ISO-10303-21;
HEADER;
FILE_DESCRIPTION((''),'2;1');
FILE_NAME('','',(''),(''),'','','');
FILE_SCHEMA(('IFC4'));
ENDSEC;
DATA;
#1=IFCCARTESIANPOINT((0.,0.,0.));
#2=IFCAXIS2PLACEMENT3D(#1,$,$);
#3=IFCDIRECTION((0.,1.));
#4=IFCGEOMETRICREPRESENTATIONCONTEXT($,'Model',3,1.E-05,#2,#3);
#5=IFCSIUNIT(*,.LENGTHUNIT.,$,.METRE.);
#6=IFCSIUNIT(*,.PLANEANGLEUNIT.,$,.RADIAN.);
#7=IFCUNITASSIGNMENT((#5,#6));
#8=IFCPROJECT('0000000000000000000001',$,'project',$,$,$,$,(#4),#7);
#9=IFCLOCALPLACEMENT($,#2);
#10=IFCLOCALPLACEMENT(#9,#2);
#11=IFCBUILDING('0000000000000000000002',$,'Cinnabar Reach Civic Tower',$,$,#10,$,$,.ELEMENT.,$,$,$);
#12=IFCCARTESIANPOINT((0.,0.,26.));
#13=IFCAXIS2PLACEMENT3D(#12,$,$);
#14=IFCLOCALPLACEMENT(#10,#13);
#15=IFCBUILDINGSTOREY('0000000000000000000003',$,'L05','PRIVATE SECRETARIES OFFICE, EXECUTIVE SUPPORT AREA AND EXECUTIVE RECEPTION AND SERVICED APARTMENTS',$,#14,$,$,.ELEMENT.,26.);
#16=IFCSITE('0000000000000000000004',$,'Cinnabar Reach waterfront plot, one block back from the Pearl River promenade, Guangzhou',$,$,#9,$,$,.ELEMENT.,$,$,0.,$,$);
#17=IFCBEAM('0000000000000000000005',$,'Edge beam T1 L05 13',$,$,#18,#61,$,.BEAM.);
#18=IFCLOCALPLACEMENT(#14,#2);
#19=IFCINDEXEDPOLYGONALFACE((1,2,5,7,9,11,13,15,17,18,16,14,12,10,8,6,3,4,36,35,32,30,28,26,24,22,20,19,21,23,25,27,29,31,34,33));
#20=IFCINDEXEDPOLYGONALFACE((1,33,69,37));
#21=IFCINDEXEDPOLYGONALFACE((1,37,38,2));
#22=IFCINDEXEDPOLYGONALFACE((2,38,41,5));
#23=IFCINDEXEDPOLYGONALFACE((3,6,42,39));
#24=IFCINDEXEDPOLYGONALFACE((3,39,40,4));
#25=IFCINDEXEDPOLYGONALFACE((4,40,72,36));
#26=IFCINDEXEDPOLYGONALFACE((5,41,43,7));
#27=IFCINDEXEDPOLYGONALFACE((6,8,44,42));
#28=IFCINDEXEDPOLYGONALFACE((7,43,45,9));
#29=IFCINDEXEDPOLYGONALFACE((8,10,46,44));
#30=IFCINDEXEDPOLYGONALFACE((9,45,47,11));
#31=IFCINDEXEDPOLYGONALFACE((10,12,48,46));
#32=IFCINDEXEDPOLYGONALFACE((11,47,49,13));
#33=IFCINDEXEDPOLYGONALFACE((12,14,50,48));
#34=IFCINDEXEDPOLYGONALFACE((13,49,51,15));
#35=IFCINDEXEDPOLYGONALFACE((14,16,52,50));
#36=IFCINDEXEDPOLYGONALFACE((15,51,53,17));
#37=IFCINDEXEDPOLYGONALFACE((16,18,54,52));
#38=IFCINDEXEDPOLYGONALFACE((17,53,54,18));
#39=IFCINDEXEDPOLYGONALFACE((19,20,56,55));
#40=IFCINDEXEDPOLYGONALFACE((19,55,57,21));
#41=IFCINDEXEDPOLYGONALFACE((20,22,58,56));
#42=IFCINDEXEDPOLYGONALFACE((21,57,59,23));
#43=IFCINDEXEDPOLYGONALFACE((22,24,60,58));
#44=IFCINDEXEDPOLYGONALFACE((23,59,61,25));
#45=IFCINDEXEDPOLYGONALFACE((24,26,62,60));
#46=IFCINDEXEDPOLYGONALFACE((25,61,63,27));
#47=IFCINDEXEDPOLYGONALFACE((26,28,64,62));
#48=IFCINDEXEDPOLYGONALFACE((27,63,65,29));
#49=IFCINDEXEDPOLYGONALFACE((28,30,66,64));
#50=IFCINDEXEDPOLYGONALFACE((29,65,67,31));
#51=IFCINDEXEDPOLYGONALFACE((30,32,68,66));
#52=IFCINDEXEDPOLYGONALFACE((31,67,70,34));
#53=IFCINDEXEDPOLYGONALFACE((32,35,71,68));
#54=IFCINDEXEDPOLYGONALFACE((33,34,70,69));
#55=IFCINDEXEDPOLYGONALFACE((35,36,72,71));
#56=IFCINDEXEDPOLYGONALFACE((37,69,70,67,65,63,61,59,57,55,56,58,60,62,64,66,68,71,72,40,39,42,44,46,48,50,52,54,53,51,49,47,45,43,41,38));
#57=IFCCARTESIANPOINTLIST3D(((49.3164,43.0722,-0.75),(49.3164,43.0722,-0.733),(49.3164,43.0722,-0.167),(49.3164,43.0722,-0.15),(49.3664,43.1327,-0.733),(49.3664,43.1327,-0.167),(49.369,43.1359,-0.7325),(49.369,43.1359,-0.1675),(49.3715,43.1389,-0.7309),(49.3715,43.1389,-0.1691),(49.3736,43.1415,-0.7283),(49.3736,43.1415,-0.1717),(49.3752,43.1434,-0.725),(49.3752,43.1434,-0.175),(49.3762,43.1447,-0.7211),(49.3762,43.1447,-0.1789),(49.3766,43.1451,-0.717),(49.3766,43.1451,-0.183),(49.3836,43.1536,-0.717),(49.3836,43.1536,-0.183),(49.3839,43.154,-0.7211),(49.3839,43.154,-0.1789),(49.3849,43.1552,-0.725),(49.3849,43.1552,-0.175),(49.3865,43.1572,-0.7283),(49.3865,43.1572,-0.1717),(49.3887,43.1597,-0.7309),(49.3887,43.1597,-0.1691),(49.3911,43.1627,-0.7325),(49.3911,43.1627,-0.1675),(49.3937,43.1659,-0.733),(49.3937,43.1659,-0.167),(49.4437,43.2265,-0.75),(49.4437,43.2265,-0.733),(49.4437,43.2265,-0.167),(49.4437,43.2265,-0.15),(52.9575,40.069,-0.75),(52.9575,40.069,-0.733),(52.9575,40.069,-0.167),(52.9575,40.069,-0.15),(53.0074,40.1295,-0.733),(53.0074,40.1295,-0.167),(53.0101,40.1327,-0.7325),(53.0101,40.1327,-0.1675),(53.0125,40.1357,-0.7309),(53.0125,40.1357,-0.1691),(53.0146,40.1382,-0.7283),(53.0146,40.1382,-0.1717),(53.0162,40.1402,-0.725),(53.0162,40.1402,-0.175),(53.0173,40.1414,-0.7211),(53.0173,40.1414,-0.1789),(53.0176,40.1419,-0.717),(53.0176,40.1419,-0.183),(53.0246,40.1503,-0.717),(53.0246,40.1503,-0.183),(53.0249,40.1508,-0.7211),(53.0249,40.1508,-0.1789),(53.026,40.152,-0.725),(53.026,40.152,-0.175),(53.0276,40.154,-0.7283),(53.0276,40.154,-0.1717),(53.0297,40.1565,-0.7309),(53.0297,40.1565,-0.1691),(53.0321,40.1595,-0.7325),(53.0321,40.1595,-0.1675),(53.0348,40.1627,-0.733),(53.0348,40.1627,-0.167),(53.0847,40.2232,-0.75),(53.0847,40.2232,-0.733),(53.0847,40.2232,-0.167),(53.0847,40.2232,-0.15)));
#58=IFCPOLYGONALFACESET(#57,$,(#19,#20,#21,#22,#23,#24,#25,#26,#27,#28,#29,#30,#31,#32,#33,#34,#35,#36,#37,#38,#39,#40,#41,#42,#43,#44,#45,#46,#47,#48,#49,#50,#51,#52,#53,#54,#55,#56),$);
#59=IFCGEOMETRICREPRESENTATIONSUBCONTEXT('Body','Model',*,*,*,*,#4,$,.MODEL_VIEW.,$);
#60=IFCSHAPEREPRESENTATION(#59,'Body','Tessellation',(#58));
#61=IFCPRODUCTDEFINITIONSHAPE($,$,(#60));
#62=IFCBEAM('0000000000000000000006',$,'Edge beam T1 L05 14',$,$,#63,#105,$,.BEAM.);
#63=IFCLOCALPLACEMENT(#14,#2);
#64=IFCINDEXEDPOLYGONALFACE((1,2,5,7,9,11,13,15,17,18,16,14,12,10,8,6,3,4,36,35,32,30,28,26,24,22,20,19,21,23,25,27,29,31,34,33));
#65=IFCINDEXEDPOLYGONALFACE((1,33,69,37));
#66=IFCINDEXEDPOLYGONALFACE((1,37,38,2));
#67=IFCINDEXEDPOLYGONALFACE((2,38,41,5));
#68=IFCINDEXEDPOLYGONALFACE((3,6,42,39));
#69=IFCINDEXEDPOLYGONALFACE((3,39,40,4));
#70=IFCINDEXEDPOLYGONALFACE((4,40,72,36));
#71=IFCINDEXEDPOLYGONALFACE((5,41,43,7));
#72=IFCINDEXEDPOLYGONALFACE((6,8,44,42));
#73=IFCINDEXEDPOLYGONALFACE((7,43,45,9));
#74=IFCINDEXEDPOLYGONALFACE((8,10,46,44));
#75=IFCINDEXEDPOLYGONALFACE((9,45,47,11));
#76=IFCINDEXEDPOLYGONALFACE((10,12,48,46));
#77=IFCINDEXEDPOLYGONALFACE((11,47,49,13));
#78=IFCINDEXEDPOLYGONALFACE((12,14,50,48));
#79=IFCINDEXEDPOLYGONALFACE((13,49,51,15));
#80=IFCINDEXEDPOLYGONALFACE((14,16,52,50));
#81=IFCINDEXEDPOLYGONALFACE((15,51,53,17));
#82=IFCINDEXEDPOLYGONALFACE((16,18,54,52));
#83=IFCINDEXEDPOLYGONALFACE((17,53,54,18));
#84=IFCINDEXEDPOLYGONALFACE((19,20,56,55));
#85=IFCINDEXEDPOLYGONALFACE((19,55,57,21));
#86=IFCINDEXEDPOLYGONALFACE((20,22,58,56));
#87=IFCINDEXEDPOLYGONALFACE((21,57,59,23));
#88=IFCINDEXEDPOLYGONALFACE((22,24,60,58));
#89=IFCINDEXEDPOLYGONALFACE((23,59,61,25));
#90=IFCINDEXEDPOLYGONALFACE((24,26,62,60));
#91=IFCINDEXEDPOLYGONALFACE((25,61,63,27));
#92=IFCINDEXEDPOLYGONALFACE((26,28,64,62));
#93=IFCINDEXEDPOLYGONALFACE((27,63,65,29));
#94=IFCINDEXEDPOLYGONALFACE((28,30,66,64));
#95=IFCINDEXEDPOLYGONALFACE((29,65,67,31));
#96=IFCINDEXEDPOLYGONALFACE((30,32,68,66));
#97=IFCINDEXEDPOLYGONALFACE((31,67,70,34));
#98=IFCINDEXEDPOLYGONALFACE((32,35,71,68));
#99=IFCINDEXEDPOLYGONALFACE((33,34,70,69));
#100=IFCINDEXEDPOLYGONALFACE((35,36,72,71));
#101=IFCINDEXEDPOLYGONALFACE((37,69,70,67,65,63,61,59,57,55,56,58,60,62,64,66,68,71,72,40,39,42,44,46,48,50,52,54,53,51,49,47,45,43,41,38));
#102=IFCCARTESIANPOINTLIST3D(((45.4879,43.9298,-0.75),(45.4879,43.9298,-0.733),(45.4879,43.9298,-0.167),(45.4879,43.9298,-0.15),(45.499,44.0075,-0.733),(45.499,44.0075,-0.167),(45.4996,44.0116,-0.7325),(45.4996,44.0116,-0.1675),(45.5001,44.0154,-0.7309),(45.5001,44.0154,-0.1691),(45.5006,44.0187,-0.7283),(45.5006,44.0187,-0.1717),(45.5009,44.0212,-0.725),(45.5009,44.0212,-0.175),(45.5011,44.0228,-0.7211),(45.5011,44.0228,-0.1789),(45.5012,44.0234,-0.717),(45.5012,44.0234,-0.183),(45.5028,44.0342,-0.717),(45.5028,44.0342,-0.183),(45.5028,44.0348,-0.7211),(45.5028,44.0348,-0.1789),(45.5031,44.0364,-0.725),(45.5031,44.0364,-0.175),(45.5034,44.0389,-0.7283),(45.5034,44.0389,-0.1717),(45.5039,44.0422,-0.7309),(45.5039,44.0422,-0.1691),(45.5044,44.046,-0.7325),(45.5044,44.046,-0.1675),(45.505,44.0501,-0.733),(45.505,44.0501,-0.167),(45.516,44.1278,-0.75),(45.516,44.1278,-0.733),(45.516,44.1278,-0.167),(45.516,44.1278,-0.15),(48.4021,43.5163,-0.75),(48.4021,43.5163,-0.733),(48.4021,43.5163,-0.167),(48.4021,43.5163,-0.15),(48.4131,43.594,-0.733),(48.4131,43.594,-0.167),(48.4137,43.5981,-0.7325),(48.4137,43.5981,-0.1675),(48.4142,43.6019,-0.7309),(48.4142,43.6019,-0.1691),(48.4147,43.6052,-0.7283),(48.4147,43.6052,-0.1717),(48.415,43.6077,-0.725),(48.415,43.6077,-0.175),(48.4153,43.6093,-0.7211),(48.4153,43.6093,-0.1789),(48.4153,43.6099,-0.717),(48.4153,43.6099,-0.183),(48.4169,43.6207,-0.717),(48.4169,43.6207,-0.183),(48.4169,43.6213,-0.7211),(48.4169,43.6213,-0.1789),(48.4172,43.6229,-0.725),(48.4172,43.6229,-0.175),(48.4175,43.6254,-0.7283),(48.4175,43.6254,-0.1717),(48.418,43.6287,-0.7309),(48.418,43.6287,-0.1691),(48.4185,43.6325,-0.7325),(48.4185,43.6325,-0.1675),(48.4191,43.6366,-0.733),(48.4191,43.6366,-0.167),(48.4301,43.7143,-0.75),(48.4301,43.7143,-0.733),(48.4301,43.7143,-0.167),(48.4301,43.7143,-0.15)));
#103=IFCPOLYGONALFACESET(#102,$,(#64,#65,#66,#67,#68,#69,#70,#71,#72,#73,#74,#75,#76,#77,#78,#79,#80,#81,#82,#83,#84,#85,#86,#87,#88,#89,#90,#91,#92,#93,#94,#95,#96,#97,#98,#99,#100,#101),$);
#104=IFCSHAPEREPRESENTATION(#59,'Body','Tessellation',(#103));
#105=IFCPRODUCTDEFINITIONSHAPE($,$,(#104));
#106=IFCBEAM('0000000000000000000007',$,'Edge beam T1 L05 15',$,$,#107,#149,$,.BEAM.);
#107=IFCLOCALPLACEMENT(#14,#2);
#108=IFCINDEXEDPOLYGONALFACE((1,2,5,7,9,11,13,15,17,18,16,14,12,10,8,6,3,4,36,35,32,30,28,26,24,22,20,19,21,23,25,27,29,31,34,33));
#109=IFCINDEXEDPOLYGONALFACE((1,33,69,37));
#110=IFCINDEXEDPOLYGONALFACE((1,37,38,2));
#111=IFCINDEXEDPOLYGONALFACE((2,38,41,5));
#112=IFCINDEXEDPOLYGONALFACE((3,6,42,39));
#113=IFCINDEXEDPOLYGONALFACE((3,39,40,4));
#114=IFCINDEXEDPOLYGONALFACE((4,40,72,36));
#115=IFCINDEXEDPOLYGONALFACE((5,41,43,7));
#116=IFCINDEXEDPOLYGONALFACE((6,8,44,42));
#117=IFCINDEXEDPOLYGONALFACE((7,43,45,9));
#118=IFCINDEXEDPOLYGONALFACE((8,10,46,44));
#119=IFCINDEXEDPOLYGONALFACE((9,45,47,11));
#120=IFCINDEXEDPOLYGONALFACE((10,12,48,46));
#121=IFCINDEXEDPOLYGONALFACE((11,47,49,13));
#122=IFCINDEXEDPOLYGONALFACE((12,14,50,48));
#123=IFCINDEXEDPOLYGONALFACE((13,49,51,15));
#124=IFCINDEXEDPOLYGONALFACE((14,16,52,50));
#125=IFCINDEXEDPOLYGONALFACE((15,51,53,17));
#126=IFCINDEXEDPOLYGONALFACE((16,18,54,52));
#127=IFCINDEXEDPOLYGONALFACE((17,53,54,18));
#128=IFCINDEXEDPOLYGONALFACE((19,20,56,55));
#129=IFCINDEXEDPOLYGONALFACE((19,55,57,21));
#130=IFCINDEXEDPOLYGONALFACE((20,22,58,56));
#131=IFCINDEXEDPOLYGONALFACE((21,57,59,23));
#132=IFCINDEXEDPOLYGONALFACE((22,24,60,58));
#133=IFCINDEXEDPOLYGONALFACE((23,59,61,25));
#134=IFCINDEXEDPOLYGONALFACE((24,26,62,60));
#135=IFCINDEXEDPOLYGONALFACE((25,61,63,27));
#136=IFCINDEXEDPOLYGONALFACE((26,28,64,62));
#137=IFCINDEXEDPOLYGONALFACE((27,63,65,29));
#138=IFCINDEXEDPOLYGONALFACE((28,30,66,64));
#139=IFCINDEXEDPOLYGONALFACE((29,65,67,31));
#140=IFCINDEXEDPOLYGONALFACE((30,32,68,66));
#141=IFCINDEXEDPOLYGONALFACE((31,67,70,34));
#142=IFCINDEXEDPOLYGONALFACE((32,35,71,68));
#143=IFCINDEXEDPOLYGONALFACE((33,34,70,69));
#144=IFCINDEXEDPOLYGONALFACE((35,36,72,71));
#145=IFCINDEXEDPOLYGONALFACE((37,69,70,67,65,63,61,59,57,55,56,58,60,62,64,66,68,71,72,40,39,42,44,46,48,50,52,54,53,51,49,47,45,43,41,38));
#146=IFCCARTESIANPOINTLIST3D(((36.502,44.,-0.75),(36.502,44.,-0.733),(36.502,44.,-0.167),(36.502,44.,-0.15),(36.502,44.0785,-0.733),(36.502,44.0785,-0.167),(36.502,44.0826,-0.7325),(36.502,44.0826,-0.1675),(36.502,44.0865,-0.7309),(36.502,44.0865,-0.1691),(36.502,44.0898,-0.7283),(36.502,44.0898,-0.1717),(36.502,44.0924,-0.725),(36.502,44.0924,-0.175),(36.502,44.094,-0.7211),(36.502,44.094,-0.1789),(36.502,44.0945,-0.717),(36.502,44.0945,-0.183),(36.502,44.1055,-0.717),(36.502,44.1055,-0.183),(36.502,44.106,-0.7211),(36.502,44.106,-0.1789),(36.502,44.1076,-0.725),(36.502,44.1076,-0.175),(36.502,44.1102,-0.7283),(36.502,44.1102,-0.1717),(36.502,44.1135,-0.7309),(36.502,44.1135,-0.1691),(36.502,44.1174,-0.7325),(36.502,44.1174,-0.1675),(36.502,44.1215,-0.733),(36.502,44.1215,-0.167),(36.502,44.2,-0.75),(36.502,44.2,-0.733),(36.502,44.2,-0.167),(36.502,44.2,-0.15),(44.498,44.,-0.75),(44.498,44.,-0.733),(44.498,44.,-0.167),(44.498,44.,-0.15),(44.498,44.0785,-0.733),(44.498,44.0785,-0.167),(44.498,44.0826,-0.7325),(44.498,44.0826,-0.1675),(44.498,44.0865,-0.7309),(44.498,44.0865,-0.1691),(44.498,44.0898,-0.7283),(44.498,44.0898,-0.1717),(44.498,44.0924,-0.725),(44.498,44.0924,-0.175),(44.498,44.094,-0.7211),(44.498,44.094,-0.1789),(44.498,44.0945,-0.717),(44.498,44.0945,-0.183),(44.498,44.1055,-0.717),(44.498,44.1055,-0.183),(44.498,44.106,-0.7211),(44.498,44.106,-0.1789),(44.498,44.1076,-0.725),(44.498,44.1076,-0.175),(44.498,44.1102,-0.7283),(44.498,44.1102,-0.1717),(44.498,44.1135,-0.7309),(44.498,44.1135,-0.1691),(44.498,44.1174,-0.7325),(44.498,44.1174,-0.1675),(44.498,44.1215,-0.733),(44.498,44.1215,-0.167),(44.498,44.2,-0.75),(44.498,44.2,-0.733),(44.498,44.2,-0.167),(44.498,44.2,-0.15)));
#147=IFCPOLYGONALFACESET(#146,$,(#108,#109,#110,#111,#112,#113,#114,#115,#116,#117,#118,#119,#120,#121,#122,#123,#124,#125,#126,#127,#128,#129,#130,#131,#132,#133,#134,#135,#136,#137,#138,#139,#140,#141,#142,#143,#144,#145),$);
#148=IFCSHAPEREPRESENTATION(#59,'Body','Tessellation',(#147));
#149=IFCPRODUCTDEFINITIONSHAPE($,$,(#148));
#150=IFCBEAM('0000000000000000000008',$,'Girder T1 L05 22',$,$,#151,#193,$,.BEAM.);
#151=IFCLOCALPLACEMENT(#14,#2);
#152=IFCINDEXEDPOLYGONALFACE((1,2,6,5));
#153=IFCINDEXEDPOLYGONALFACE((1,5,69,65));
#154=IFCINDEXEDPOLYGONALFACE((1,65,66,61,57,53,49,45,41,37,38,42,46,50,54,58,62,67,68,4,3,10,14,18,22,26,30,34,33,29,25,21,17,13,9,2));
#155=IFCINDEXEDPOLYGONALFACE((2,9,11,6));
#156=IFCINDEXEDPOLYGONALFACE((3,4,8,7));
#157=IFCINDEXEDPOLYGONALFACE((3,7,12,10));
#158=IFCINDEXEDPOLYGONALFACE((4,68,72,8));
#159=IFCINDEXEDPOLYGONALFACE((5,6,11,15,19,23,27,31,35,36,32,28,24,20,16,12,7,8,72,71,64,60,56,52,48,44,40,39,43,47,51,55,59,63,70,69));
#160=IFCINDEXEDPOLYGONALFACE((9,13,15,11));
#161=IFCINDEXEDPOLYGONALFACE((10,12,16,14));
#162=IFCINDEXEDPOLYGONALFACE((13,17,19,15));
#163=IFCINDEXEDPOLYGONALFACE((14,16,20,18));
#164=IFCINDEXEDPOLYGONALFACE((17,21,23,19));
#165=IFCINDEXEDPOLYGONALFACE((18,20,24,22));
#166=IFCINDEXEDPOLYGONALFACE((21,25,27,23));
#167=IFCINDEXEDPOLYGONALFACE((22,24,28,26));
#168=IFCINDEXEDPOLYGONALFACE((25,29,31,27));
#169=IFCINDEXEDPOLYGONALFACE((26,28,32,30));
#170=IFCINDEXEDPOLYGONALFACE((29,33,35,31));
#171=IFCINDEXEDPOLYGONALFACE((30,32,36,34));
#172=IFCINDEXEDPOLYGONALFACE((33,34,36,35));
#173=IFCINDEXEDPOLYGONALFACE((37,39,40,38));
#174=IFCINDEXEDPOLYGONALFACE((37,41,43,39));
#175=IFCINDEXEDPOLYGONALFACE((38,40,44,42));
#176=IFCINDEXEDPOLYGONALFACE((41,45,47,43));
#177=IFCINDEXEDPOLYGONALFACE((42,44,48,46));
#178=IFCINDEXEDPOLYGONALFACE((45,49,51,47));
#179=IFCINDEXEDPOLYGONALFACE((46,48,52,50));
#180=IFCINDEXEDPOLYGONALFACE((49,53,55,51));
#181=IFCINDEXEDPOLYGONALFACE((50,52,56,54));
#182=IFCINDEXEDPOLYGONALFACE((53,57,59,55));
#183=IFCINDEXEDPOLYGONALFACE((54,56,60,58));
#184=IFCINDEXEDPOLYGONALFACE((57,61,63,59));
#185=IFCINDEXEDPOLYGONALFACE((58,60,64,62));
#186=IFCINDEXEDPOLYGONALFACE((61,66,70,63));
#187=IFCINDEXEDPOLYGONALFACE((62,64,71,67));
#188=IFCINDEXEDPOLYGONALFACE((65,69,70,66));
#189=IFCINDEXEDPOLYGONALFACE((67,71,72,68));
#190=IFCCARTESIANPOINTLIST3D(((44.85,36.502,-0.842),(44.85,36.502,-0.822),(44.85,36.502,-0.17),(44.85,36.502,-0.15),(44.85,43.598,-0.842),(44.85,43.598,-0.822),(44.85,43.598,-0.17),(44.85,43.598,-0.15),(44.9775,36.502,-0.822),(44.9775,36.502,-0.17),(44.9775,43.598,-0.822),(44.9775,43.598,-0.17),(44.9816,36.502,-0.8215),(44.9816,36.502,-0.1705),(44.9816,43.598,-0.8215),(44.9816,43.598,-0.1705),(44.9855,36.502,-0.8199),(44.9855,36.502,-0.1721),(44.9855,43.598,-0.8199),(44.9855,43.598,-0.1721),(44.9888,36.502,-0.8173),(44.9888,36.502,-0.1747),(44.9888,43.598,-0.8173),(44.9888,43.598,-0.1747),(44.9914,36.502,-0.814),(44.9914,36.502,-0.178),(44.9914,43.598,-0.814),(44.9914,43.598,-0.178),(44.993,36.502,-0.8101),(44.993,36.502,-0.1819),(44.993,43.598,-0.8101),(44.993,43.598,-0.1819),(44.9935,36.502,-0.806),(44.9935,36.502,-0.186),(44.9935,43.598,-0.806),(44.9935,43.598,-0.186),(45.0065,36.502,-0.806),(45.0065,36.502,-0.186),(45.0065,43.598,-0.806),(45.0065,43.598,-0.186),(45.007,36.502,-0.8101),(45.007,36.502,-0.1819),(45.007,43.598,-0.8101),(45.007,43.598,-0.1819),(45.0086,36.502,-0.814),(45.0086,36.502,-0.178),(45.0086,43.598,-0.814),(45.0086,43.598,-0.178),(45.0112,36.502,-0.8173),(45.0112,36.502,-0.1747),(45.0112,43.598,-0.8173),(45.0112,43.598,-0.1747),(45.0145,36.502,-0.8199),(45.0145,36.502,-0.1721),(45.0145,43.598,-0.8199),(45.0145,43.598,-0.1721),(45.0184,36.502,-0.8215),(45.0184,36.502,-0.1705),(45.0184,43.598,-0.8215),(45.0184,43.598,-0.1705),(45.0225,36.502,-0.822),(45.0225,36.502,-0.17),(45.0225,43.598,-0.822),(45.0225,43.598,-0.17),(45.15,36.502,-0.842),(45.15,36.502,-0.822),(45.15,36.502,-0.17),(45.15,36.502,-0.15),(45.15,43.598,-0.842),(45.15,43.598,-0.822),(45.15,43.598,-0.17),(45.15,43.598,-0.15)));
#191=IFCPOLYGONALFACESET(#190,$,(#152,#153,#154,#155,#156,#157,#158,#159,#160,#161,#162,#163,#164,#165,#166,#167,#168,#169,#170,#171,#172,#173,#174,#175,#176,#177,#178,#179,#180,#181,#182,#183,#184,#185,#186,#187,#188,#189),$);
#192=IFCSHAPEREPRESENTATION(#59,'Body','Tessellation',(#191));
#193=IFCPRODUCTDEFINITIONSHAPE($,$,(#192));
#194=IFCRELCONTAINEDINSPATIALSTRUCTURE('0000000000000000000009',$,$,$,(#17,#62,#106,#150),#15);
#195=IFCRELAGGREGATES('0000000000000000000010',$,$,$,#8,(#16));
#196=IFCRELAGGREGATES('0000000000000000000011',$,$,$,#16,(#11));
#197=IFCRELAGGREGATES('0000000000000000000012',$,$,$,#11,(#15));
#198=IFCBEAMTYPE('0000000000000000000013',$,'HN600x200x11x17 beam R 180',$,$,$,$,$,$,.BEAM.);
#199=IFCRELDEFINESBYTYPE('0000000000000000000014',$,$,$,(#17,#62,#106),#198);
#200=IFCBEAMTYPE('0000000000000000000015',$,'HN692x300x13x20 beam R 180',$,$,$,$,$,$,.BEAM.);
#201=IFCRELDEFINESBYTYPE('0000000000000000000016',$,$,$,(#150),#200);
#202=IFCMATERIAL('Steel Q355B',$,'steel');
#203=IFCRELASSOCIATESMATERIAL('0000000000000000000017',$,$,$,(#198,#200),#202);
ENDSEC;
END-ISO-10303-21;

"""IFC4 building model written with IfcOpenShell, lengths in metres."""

from ifc_helpers import new_model, si_unit, direction, frame, origin, origin_2d, place, context, subcontext, project, spatial, i_section, extrude, material, material_profile, profile_set, type_object, element, save


model = new_model("IFC4")

# Units and contexts
model_context = context("Model", 3, precision=1e-05, world=origin(), true_north=direction((0.0, 1.0)))
body_context = subcontext(model_context, "Body", "Model", "MODEL_VIEW")
ifc_project = project(units=[si_unit("LENGTHUNIT", "METRE"), si_unit("PLANEANGLEUNIT", "RADIAN")], contexts=[model_context])

# Site, building, storey
site_placement = place(None, origin())
site = spatial("IfcSite", under=ifc_project, at=site_placement, Name="Cinnabar Reach waterfront plot, one block back from the Pearl River promenade, Guangzhou", CompositionType="ELEMENT", RefElevation=0.0)
building_placement = place(site_placement, origin())
building = spatial("IfcBuilding", under=site, at=building_placement, Name="Cinnabar Reach Civic Tower", CompositionType="ELEMENT")
storey_placement = place(building_placement, frame((0.0, 0.0, 26.0)))
storey = spatial("IfcBuildingStorey", under=building, at=storey_placement, Name="L05", Description="PRIVATE SECRETARIES OFFICE, EXECUTIVE SUPPORT AREA AND EXECUTIVE RECEPTION AND SERVICED APARTMENTS", CompositionType="ELEMENT", Elevation=26.0)

# Beams
ifc_material_1 = material(Name="Steel Q355B", Category="steel")
ifc_material_profile_1 = material_profile(ifc_material_1, i_section(OverallWidth=0.2, OverallDepth=0.6, WebThickness=0.011, FlangeThickness=0.017, FilletRadius=0.016, at=origin_2d()), Name="HN600x200x11x17")
ifc_profile_set_1 = profile_set([ifc_material_profile_1], Name="Steel Q355B")
beam_type_1 = type_object("IfcBeamType", Name="HN600x200x11x17 beam R 180", PredefinedType="BEAM", material=ifc_profile_set_1)
beam_1_placement = place(storey_placement, frame((53.0211, 40.1461, -0.45), z_axis=(-0.771438, 0.636304, 0.0), x_axis=(-0.636304, -0.771438, 0.0)))
element("IfcBeam", 1, at=beam_1_placement, inside=storey, type_object=beam_type_1, Name="Edge beam T1 L05 13", PredefinedType="BEAM", context=body_context, shape_type="SweptSolid", body=[
    extrude(i_section(OverallWidth=0.2, OverallDepth=0.6, WebThickness=0.011, FlangeThickness=0.017, FilletRadius=0.016, at=origin_2d()), origin(), (0.0, 0.0, 1.0), 4.7198),
])
beam_2_placement = place(storey_placement, frame((48.4161, 43.6153, -0.45), z_axis=(-0.990082, 0.140489, 0.0), x_axis=(-0.140489, -0.990082, 0.0)))
element("IfcBeam", 2, at=beam_2_placement, inside=storey, type_object=beam_type_1, Name="Edge beam T1 L05 14", PredefinedType="BEAM", context=body_context, shape_type="SweptSolid", body=[
    extrude(i_section(OverallWidth=0.2, OverallDepth=0.6, WebThickness=0.011, FlangeThickness=0.017, FilletRadius=0.016, at=origin_2d()), origin(), (0.0, 0.0, 1.0), 2.9433),
])
beam_3_placement = place(storey_placement, frame((44.498, 44.1, -0.45), z_axis=(-1.0, 0.0, 0.0), x_axis=(0.0, -1.0, 0.0)))
element("IfcBeam", 3, at=beam_3_placement, inside=storey, type_object=beam_type_1, Name="Edge beam T1 L05 15", PredefinedType="BEAM", context=body_context, shape_type="SweptSolid", body=[
    extrude(i_section(OverallWidth=0.2, OverallDepth=0.6, WebThickness=0.011, FlangeThickness=0.017, FilletRadius=0.016, at=origin_2d()), origin(), (0.0, 0.0, 1.0), 7.996),
])
ifc_material_profile_2 = material_profile(ifc_material_1, i_section(OverallWidth=0.3, OverallDepth=0.692, WebThickness=0.013, FlangeThickness=0.02, FilletRadius=0.016, at=origin_2d()), Name="HN692x300x13x20")
ifc_profile_set_2 = profile_set([ifc_material_profile_2], Name="Steel Q355B")
beam_type_2 = type_object("IfcBeamType", Name="HN692x300x13x20 beam R 180", PredefinedType="BEAM", material=ifc_profile_set_2)
beam_4_placement = place(storey_placement, frame((45.0, 36.502, -0.496), z_axis=(0.0, 1.0, 0.0), x_axis=(-1.0, 0.0, 0.0)))
element("IfcBeam", 4, at=beam_4_placement, inside=storey, type_object=beam_type_2, Name="Girder T1 L05 22", PredefinedType="BEAM", context=body_context, shape_type="SweptSolid", body=[
    extrude(i_section(OverallWidth=0.3, OverallDepth=0.692, WebThickness=0.013, FlangeThickness=0.02, FilletRadius=0.016, at=origin_2d()), origin(), (0.0, 0.0, 1.0), 7.096),
])

save(model, "model.ifc")
